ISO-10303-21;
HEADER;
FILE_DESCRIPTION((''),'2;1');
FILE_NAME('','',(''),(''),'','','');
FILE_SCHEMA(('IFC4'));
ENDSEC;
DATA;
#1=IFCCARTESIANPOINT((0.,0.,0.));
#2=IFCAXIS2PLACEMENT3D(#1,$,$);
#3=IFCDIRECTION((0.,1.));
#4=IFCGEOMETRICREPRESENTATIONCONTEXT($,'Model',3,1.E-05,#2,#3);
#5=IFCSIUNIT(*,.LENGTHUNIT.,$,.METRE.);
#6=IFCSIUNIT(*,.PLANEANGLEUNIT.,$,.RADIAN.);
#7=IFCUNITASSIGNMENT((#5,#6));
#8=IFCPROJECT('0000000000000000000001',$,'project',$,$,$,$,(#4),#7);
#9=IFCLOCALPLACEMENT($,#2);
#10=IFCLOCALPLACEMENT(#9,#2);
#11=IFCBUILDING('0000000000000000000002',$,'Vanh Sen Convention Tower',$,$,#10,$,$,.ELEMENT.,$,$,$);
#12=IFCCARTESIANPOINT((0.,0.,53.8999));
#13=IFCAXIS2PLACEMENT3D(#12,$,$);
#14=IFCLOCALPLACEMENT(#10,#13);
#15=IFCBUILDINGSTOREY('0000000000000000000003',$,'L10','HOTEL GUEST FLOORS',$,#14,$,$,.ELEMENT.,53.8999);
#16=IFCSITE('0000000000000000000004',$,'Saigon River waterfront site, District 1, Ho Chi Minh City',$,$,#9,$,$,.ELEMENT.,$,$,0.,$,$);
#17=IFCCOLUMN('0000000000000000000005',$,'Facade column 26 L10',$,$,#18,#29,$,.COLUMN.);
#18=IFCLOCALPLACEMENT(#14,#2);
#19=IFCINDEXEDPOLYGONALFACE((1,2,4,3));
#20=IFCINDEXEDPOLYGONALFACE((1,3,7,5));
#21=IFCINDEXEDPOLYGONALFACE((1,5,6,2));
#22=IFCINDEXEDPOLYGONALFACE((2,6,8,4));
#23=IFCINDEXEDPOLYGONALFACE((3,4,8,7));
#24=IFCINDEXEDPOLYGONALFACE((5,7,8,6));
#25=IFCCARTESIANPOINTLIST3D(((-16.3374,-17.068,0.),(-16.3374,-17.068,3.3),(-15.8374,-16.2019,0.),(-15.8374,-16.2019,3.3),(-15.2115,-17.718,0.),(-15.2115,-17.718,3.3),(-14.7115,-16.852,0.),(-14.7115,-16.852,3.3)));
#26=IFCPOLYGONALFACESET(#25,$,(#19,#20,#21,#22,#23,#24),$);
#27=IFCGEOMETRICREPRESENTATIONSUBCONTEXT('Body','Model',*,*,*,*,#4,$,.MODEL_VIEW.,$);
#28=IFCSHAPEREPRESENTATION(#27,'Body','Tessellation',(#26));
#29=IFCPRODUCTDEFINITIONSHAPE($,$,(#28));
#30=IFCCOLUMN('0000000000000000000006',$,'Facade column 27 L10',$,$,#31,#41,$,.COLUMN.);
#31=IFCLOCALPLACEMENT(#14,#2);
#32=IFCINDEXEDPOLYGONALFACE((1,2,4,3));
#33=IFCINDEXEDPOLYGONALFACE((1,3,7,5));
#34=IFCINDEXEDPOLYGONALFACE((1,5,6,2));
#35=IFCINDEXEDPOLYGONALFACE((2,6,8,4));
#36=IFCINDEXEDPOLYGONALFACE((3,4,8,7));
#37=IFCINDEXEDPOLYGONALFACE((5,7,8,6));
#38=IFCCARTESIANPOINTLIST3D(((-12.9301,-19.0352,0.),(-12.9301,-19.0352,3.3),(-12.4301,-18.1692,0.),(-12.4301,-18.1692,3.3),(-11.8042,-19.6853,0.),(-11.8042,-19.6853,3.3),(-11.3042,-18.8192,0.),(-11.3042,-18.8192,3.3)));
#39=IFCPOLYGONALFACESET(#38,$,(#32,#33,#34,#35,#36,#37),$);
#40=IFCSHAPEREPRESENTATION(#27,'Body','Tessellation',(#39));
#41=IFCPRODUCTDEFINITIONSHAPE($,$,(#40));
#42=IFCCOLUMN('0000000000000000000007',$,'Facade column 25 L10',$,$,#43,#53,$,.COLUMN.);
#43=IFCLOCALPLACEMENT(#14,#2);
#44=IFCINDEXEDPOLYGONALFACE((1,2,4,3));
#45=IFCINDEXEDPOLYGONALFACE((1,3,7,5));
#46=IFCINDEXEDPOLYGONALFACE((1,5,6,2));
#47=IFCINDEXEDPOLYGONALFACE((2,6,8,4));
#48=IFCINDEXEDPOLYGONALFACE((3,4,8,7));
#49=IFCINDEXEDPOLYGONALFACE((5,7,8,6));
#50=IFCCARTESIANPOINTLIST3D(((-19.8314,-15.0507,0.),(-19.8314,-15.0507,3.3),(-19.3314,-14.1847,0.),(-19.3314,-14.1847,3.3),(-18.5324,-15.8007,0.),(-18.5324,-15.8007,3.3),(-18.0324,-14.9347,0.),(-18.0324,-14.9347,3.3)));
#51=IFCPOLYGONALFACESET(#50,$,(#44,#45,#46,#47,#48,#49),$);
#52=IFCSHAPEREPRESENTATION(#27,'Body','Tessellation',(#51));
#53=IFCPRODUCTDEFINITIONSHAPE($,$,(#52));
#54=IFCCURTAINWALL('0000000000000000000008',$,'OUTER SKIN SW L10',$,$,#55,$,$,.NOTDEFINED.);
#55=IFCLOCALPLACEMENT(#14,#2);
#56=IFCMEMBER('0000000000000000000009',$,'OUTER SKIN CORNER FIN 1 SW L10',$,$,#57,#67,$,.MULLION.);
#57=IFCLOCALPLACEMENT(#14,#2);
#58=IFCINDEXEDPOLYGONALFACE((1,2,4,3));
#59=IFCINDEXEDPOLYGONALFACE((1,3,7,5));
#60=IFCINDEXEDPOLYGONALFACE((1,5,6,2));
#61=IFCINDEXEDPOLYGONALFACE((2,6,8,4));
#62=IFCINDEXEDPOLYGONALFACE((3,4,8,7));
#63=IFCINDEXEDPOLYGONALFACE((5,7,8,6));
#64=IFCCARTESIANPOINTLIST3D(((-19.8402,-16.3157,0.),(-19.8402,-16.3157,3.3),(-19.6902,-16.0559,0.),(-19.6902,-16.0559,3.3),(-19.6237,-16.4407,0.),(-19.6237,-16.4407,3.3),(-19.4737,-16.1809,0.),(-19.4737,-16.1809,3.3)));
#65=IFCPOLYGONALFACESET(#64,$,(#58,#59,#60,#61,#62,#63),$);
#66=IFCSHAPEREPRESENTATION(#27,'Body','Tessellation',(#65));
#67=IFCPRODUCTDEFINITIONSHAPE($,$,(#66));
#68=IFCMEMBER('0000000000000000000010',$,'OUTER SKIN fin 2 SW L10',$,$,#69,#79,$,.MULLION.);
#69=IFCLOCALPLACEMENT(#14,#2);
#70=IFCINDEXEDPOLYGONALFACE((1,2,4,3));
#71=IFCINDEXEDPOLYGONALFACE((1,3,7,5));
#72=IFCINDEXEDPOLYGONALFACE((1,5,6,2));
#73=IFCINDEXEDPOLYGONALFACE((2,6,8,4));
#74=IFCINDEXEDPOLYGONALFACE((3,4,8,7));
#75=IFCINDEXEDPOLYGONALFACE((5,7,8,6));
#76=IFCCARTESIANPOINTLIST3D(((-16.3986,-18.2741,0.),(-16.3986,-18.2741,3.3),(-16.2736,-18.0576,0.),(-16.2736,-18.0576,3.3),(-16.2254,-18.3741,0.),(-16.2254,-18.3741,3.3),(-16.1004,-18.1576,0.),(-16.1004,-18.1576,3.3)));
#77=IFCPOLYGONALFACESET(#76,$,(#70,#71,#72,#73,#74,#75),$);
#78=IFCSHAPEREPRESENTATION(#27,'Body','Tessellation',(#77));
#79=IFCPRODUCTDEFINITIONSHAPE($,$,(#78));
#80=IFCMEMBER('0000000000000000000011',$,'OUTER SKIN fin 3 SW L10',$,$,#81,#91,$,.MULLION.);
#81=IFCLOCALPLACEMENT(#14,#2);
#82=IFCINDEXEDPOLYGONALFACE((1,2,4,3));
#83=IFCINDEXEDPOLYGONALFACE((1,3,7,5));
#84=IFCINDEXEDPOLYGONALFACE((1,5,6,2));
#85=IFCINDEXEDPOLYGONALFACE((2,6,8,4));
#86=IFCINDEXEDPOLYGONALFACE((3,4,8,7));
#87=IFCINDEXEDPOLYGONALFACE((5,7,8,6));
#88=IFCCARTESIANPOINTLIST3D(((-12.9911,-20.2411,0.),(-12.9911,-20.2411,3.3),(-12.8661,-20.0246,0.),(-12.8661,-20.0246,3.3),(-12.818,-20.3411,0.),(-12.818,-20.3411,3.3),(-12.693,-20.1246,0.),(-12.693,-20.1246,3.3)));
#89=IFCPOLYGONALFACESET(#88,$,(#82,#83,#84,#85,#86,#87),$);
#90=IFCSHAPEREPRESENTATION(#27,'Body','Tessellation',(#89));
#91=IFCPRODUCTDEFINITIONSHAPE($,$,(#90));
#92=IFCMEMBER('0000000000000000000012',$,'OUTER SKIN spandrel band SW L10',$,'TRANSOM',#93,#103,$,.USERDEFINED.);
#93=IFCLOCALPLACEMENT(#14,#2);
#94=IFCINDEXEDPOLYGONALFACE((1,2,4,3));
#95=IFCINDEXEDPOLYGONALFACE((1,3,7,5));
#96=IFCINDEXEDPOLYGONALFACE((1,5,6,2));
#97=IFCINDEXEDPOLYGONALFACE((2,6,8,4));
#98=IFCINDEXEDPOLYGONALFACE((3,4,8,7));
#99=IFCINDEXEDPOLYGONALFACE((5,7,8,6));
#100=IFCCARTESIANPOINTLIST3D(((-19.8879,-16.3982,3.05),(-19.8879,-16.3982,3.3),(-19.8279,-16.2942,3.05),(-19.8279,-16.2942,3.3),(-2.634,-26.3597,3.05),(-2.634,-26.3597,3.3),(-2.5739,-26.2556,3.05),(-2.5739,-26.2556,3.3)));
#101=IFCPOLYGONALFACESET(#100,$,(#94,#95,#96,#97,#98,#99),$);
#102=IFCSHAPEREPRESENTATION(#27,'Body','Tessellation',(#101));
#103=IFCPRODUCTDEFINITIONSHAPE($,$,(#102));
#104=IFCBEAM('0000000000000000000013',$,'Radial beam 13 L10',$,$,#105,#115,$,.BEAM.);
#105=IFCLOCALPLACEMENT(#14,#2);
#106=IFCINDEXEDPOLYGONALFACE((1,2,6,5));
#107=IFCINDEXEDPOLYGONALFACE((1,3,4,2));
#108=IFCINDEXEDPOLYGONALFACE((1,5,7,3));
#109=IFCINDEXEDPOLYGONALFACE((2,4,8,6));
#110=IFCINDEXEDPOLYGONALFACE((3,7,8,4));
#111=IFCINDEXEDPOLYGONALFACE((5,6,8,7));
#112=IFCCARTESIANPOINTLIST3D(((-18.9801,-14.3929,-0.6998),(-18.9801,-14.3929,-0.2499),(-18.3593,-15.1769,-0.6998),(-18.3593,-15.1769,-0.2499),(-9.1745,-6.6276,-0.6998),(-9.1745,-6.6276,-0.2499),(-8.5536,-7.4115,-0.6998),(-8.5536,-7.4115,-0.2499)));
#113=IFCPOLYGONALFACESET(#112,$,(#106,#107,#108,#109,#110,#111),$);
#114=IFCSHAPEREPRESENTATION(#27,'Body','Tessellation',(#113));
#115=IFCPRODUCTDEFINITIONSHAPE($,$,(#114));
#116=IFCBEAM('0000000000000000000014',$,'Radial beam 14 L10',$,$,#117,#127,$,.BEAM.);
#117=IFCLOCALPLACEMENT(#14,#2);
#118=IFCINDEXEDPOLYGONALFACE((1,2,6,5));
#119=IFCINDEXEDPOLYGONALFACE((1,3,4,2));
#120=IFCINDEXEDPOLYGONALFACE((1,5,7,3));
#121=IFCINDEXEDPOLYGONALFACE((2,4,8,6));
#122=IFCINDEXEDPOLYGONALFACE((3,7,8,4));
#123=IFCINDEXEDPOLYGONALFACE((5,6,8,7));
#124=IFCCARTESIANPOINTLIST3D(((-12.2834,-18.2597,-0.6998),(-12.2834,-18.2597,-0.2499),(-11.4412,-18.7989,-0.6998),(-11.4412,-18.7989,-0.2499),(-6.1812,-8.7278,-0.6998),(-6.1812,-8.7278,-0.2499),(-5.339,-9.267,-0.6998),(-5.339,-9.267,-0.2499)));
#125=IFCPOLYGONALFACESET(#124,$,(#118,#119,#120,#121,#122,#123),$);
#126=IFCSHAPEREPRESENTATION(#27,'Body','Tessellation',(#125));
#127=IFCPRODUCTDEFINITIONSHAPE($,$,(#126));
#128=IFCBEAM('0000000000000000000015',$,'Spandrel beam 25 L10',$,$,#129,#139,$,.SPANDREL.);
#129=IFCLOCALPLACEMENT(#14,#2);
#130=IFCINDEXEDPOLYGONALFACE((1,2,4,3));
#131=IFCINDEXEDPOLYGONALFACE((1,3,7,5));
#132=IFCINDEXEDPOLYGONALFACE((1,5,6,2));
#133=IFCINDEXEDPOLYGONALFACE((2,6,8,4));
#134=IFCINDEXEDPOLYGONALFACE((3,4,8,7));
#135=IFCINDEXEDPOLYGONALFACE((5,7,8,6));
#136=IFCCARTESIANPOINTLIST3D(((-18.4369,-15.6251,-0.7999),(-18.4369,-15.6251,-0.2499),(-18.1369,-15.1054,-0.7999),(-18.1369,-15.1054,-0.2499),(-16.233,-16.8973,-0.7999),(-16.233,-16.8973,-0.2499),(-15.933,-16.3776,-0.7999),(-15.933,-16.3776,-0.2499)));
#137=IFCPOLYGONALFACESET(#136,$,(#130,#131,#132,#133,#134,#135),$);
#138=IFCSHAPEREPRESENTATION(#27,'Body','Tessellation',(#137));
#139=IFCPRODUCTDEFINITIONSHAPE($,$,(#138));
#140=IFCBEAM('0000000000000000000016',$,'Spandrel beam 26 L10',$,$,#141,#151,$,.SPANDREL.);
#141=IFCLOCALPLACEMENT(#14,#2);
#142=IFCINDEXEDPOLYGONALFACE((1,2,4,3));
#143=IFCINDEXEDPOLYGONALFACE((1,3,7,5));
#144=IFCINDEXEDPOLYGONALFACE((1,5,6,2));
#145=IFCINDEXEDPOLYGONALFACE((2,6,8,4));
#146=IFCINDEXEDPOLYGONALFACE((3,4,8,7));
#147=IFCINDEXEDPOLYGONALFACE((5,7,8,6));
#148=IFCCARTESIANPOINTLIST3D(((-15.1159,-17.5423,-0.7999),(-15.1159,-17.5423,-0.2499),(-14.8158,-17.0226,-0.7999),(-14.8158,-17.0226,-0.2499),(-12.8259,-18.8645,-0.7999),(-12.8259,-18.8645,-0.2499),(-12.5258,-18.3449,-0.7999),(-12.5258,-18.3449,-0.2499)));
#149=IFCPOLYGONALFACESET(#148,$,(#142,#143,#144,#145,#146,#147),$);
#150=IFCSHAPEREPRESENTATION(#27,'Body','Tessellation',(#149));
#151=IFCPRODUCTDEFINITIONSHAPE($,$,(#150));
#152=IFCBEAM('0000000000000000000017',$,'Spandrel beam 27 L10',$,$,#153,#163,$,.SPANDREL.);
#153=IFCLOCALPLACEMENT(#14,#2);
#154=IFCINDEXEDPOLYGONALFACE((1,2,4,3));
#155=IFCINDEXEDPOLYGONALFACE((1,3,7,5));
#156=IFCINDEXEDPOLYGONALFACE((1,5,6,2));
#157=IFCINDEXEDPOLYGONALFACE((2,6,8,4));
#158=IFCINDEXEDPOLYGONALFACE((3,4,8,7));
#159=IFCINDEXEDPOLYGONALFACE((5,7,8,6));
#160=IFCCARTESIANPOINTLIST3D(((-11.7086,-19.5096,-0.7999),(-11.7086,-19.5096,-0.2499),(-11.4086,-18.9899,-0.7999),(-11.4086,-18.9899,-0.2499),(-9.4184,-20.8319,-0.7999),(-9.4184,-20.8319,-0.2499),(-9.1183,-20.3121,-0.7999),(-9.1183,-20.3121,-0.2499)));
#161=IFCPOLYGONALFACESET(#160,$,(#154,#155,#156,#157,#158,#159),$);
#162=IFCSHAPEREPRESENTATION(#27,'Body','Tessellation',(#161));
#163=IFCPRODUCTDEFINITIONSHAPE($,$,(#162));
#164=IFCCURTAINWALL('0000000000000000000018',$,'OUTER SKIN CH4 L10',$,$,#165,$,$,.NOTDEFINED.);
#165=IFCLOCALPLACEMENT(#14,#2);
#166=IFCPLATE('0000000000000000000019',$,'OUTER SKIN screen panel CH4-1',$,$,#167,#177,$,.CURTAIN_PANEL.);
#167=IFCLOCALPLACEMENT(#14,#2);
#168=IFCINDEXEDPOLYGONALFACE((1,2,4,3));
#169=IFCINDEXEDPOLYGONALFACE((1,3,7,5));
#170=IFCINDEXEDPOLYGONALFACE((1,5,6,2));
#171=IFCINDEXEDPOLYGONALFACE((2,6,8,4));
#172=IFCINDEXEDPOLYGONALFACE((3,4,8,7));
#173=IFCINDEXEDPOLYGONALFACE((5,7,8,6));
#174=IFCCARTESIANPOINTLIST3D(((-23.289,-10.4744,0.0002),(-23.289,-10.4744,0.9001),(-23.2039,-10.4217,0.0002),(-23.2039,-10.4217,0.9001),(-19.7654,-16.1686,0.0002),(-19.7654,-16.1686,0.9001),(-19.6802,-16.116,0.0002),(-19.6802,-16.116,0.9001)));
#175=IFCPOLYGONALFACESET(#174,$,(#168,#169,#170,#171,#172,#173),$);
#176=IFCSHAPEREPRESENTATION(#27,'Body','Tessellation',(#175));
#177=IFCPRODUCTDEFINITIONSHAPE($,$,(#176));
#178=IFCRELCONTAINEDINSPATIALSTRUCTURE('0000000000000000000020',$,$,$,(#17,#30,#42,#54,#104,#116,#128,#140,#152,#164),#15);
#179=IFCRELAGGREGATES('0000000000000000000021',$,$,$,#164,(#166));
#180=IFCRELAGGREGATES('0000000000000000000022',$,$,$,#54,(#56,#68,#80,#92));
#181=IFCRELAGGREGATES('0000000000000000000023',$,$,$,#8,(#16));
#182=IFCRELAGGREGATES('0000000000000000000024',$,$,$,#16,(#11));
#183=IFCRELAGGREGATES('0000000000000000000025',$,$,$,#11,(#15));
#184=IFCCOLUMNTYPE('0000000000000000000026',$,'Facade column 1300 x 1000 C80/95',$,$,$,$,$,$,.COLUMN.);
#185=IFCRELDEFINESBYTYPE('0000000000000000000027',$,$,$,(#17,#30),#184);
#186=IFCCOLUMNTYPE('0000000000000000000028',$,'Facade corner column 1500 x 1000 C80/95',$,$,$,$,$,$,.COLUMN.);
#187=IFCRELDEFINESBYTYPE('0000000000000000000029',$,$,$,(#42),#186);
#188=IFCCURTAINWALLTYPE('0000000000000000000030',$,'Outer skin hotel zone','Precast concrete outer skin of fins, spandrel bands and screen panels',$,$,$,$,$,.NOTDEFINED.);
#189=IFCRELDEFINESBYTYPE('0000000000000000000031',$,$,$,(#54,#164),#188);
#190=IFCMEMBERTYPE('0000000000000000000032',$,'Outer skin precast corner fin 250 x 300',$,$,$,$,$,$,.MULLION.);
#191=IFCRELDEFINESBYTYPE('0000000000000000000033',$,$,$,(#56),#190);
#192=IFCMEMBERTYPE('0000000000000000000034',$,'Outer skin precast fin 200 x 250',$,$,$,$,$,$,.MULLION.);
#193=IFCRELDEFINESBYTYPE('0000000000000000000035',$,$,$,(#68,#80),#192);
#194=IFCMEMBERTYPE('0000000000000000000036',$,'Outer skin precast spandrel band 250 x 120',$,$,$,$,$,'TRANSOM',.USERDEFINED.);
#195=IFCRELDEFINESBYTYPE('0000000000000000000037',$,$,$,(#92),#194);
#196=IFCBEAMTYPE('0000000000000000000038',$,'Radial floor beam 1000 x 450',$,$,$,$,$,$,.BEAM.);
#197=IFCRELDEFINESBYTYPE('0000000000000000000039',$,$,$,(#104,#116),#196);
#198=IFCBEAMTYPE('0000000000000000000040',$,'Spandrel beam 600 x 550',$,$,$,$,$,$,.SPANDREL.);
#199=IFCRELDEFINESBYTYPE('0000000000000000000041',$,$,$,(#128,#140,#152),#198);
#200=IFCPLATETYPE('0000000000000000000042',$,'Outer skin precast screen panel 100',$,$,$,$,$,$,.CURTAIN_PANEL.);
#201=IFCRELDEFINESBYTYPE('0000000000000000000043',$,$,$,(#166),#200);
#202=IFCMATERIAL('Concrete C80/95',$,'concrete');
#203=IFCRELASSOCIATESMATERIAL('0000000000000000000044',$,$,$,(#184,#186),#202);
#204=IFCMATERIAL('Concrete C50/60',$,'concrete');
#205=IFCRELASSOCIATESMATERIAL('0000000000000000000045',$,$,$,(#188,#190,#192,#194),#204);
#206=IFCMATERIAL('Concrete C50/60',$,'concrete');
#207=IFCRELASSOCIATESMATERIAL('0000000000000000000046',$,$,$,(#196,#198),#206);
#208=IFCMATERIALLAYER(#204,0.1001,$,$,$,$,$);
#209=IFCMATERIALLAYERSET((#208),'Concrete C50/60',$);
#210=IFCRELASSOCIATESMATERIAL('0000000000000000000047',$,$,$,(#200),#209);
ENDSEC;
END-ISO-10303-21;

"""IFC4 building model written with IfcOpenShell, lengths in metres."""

from ifc_helpers import new_model, si_unit, direction, frame, origin, origin_2d, place, context, subcontext, project, spatial, rectangle, extrude, material, layer, layer_set, material_profile, profile_set, type_object, element, aggregate, save


model = new_model("IFC4")

# Units and contexts
model_context = context("Model", 3, precision=1e-05, world=origin(), true_north=direction((0.0, 1.0)))
body_context = subcontext(model_context, "Body", "Model", "MODEL_VIEW")
ifc_project = project(units=[si_unit("LENGTHUNIT", "METRE"), si_unit("PLANEANGLEUNIT", "RADIAN")], contexts=[model_context])

# Site, building, storey
site_placement = place(None, origin())
site = spatial("IfcSite", under=ifc_project, at=site_placement, Name="Saigon River waterfront site, District 1, Ho Chi Minh City", CompositionType="ELEMENT", RefElevation=0.0)
building_placement = place(site_placement, origin())
building = spatial("IfcBuilding", under=site, at=building_placement, Name="Vanh Sen Convention Tower", CompositionType="ELEMENT")
storey_placement = place(building_placement, frame((0.0, 0.0, 53.8999)))
storey = spatial("IfcBuildingStorey", under=building, at=storey_placement, Name="L10", Description="HOTEL GUEST FLOORS", CompositionType="ELEMENT", Elevation=53.8999)

# Columns
ifc_material_1 = material(Name="Concrete C80/95", Category="concrete")
ifc_material_profile_1 = material_profile(ifc_material_1, rectangle(XDim=1.3, YDim=1.0, at=origin_2d()), Name="RC 1300X1000")
ifc_profile_set_1 = profile_set([ifc_material_profile_1], Name="Concrete C80/95")
column_type_1 = type_object("IfcColumnType", Name="Facade column 1300 x 1000 C80/95", PredefinedType="COLUMN", material=ifc_profile_set_1)
for number, where, z_axis, x_axis, name in (
    (1, (-15.5244, -16.96, 0.0), (0.0, 0.0, 1.0), (0.866025, -0.5, 0.0), "Facade column 26 L10"),
    (2, (-12.1172, -18.9272, 0.0), (0.0, 0.0, 1.0), (0.866025, -0.5, 0.0), "Facade column 27 L10"),
):
    element("IfcColumn", number, at=place(storey_placement, frame(where, z_axis=z_axis, x_axis=x_axis)), inside=storey, type_object=column_type_1, Name=name, PredefinedType="COLUMN", context=body_context, shape_type="SweptSolid", body=[
        extrude(rectangle(XDim=1.3, YDim=1.0, at=origin_2d()), origin(), (0.0, 0.0, 1.0), 3.3),
    ])
ifc_material_profile_2 = material_profile(ifc_material_1, rectangle(XDim=1.5, YDim=1.0, at=origin_2d()), Name="RC 1500X1000")
ifc_profile_set_2 = profile_set([ifc_material_profile_2], Name="Concrete C80/95")
column_type_2 = type_object("IfcColumnType", Name="Facade corner column 1500 x 1000 C80/95", PredefinedType="COLUMN", material=ifc_profile_set_2)
column_placement = place(storey_placement, frame((-18.9319, -14.9927, 0.0), z_axis=(0.0, 0.0, 1.0), x_axis=(0.866025, -0.5, 0.0)))
element("IfcColumn", 3, at=column_placement, inside=storey, type_object=column_type_2, Name="Facade column 25 L10", PredefinedType="COLUMN", context=body_context, shape_type="SweptSolid", body=[
    extrude(rectangle(XDim=1.5, YDim=1.0, at=origin_2d()), origin(), (0.0, 0.0, 1.0), 3.3),
])

# Curtain wall, members
ifc_material_2 = material(Name="Concrete C50/60", Category="concrete")
curtain_wall_type = type_object("IfcCurtainWallType", Name="Outer skin hotel zone", Description="Precast concrete outer skin of fins, spandrel bands and screen panels", PredefinedType="NOTDEFINED", material=ifc_material_2)
curtain_wall_1_placement = place(storey_placement, origin())
curtain_wall_1 = element("IfcCurtainWall", 4, at=curtain_wall_1_placement, inside=storey, type_object=curtain_wall_type, Name="OUTER SKIN SW L10", PredefinedType="NOTDEFINED")
ifc_material_profile_3 = material_profile(ifc_material_2, rectangle(XDim=0.25, YDim=0.3, at=origin_2d()), Name="Outer skin precast corner fin 250 x 300")
ifc_profile_set_3 = profile_set([ifc_material_profile_3], Name="Concrete C50/60")
member_type_1 = type_object("IfcMemberType", Name="Outer skin precast corner fin 250 x 300", PredefinedType="MULLION", material=ifc_profile_set_3)
member_1_placement = place(storey_placement, frame((-19.657, -16.2483, 0.0), z_axis=(0.0, 0.0, 1.0), x_axis=(0.866025, -0.5, 0.0)))
member_1 = element("IfcMember", 5, at=member_1_placement, type_object=member_type_1, Name="OUTER SKIN CORNER FIN 1 SW L10", PredefinedType="MULLION", context=body_context, shape_type="SweptSolid", body=[
    extrude(rectangle(XDim=0.25, YDim=0.3, at=origin_2d()), origin(), (0.0, 0.0, 1.0), 3.3),
])
ifc_material_profile_4 = material_profile(ifc_material_2, rectangle(XDim=0.2, YDim=0.25, at=origin_2d()), Name="Outer skin precast fin 200 x 250")
ifc_profile_set_4 = profile_set([ifc_material_profile_4], Name="Concrete C50/60")
member_type_2 = type_object("IfcMemberType", Name="Outer skin precast fin 200 x 250", PredefinedType="MULLION", material=ifc_profile_set_4)
member_2_placement = place(storey_placement, frame((-16.2495, -18.2158, 0.0), z_axis=(0.0, 0.0, 1.0), x_axis=(0.866025, -0.5, 0.0)))
member_2 = element("IfcMember", 6, at=member_2_placement, type_object=member_type_2, Name="OUTER SKIN fin 2 SW L10", PredefinedType="MULLION", context=body_context, shape_type="SweptSolid", body=[
    extrude(rectangle(XDim=0.2, YDim=0.25, at=origin_2d()), origin(), (0.0, 0.0, 1.0), 3.3),
])
member_3_placement = place(storey_placement, frame((-12.842, -20.1829, 0.0), z_axis=(0.0, 0.0, 1.0), x_axis=(0.866025, -0.5, 0.0)))
member_3 = element("IfcMember", 7, at=member_3_placement, type_object=member_type_2, Name="OUTER SKIN fin 3 SW L10", PredefinedType="MULLION", context=body_context, shape_type="SweptSolid", body=[
    extrude(rectangle(XDim=0.2, YDim=0.25, at=origin_2d()), origin(), (0.0, 0.0, 1.0), 3.3),
])
ifc_material_profile_5 = material_profile(ifc_material_2, rectangle(XDim=0.1201, YDim=0.25, at=origin_2d()), Name="Outer skin precast spandrel band 250 x 120")
ifc_profile_set_5 = profile_set([ifc_material_profile_5], Name="Concrete C50/60")
member_type_3 = type_object("IfcMemberType", Name="Outer skin precast spandrel band 250 x 120", ElementType="TRANSOM", PredefinedType="USERDEFINED", material=ifc_profile_set_5)
member_4_placement = place(storey_placement, frame((-19.8579, -16.3462, 3.175), z_axis=(0.866028, -0.499995, 0.0), x_axis=(0.499995, 0.866028, 0.0)))
member_4 = element("IfcMember", 8, at=member_4_placement, type_object=member_type_3, Name="OUTER SKIN spandrel band SW L10", ObjectType="TRANSOM", PredefinedType="USERDEFINED", context=body_context, shape_type="SweptSolid", body=[
    extrude(rectangle(XDim=0.1201, YDim=0.25, at=origin_2d()), origin(), (0.0, 0.0, 1.0), 19.9231),
])

# Beams
ifc_material_3 = material(Name="Concrete C50/60", Category="concrete")
ifc_material_profile_6 = material_profile(ifc_material_3, rectangle(XDim=1.0, YDim=0.45, at=origin_2d()), Name="RC 1000X450")
ifc_profile_set_6 = profile_set([ifc_material_profile_6], Name="Concrete C50/60")
beam_type_1 = type_object("IfcBeamType", Name="Radial floor beam 1000 x 450", PredefinedType="BEAM", material=ifc_profile_set_6)
beam_1_placement = place(storey_placement, frame((-18.6697, -14.7849, -0.4749), z_axis=(0.783946, 0.620829, 0.0), x_axis=(-0.620829, 0.783946, 0.0)))
element("IfcBeam", 9, at=beam_1_placement, inside=storey, type_object=beam_type_1, Name="Radial beam 13 L10", PredefinedType="BEAM", context=body_context, shape_type="SweptSolid", body=[
    extrude(rectangle(XDim=1.0, YDim=0.45, at=origin_2d()), origin(), (0.0, 0.0, 1.0), 12.5081),
])
beam_2_placement = place(storey_placement, frame((-11.8623, -18.5293, -0.4749), z_axis=(0.539168, 0.842198, 0.0), x_axis=(-0.842198, 0.539168, 0.0)))
element("IfcBeam", 10, at=beam_2_placement, inside=storey, type_object=beam_type_1, Name="Radial beam 14 L10", PredefinedType="BEAM", context=body_context, shape_type="SweptSolid", body=[
    extrude(rectangle(XDim=1.0, YDim=0.45, at=origin_2d()), origin(), (0.0, 0.0, 1.0), 11.3179),
])
ifc_material_profile_7 = material_profile(ifc_material_3, rectangle(XDim=0.6001, YDim=0.55, at=origin_2d()), Name="RC 600X550")
ifc_profile_set_7 = profile_set([ifc_material_profile_7], Name="Concrete C50/60")
beam_type_2 = type_object("IfcBeamType", Name="Spandrel beam 600 x 550", PredefinedType="SPANDREL", material=ifc_profile_set_7)
beam_3_placement = place(storey_placement, frame((-18.2869, -15.3652, -0.5249), z_axis=(0.866056, -0.499947, 0.0), x_axis=(0.499947, 0.866056, 0.0)))
element("IfcBeam", 11, at=beam_3_placement, inside=storey, type_object=beam_type_2, Name="Spandrel beam 25 L10", PredefinedType="SPANDREL", context=body_context, shape_type="SweptSolid", body=[
    extrude(rectangle(XDim=0.6001, YDim=0.55, at=origin_2d()), origin(), (0.0, 0.0, 1.0), 2.5447),
])
beam_4_placement = place(storey_placement, frame((-14.9658, -17.2825, -0.5249), z_axis=(0.866007, -0.500031, 0.0), x_axis=(0.500031, 0.866007, 0.0)))
element("IfcBeam", 12, at=beam_4_placement, inside=storey, type_object=beam_type_2, Name="Spandrel beam 26 L10", PredefinedType="SPANDREL", context=body_context, shape_type="SweptSolid", body=[
    extrude(rectangle(XDim=0.6001, YDim=0.55, at=origin_2d()), origin(), (0.0, 0.0, 1.0), 2.6443),
])
beam_5_placement = place(storey_placement, frame((-11.5586, -19.2498, -0.5249), z_axis=(0.86603, -0.499991, 0.0), x_axis=(0.499991, 0.86603, 0.0)))
element("IfcBeam", 13, at=beam_5_placement, inside=storey, type_object=beam_type_2, Name="Spandrel beam 27 L10", PredefinedType="SPANDREL", context=body_context, shape_type="SweptSolid", body=[
    extrude(rectangle(XDim=0.6001, YDim=0.55, at=origin_2d()), origin(), (0.0, 0.0, 1.0), 2.6445),
])

# Curtain wall, plate
curtain_wall_2_placement = place(storey_placement, origin())
curtain_wall_2 = element("IfcCurtainWall", 14, at=curtain_wall_2_placement, inside=storey, type_object=curtain_wall_type, Name="OUTER SKIN CH4 L10", PredefinedType="NOTDEFINED")
ifc_layer_1 = layer(ifc_material_2, 0.1001)
ifc_layer_set_1 = layer_set([ifc_layer_1], Name="Concrete C50/60")
plate_type = type_object("IfcPlateType", Name="Outer skin precast screen panel 100", PredefinedType="CURTAIN_PANEL", material=ifc_layer_set_1)
plate_1_placement = place(storey_placement, frame((-21.4846, -13.2952, 0.0002), z_axis=(0.0, 0.0, 1.0), x_axis=(0.526205, -0.850358, 0.0)))
plate_1 = element("IfcPlate", 15, at=plate_1_placement, type_object=plate_type, Name="OUTER SKIN screen panel CH4-1", PredefinedType="CURTAIN_PANEL", context=body_context, shape_type="SweptSolid", body=[
    extrude(rectangle(XDim=6.6963, YDim=0.1001, at=origin_2d()), origin(), (0.0, 0.0, 1.0), 0.8999),
])
aggregate(curtain_wall_2, [plate_1])

aggregate(curtain_wall_1, [member_1, member_2, member_3, member_4])

save(model, "model.ifc")
